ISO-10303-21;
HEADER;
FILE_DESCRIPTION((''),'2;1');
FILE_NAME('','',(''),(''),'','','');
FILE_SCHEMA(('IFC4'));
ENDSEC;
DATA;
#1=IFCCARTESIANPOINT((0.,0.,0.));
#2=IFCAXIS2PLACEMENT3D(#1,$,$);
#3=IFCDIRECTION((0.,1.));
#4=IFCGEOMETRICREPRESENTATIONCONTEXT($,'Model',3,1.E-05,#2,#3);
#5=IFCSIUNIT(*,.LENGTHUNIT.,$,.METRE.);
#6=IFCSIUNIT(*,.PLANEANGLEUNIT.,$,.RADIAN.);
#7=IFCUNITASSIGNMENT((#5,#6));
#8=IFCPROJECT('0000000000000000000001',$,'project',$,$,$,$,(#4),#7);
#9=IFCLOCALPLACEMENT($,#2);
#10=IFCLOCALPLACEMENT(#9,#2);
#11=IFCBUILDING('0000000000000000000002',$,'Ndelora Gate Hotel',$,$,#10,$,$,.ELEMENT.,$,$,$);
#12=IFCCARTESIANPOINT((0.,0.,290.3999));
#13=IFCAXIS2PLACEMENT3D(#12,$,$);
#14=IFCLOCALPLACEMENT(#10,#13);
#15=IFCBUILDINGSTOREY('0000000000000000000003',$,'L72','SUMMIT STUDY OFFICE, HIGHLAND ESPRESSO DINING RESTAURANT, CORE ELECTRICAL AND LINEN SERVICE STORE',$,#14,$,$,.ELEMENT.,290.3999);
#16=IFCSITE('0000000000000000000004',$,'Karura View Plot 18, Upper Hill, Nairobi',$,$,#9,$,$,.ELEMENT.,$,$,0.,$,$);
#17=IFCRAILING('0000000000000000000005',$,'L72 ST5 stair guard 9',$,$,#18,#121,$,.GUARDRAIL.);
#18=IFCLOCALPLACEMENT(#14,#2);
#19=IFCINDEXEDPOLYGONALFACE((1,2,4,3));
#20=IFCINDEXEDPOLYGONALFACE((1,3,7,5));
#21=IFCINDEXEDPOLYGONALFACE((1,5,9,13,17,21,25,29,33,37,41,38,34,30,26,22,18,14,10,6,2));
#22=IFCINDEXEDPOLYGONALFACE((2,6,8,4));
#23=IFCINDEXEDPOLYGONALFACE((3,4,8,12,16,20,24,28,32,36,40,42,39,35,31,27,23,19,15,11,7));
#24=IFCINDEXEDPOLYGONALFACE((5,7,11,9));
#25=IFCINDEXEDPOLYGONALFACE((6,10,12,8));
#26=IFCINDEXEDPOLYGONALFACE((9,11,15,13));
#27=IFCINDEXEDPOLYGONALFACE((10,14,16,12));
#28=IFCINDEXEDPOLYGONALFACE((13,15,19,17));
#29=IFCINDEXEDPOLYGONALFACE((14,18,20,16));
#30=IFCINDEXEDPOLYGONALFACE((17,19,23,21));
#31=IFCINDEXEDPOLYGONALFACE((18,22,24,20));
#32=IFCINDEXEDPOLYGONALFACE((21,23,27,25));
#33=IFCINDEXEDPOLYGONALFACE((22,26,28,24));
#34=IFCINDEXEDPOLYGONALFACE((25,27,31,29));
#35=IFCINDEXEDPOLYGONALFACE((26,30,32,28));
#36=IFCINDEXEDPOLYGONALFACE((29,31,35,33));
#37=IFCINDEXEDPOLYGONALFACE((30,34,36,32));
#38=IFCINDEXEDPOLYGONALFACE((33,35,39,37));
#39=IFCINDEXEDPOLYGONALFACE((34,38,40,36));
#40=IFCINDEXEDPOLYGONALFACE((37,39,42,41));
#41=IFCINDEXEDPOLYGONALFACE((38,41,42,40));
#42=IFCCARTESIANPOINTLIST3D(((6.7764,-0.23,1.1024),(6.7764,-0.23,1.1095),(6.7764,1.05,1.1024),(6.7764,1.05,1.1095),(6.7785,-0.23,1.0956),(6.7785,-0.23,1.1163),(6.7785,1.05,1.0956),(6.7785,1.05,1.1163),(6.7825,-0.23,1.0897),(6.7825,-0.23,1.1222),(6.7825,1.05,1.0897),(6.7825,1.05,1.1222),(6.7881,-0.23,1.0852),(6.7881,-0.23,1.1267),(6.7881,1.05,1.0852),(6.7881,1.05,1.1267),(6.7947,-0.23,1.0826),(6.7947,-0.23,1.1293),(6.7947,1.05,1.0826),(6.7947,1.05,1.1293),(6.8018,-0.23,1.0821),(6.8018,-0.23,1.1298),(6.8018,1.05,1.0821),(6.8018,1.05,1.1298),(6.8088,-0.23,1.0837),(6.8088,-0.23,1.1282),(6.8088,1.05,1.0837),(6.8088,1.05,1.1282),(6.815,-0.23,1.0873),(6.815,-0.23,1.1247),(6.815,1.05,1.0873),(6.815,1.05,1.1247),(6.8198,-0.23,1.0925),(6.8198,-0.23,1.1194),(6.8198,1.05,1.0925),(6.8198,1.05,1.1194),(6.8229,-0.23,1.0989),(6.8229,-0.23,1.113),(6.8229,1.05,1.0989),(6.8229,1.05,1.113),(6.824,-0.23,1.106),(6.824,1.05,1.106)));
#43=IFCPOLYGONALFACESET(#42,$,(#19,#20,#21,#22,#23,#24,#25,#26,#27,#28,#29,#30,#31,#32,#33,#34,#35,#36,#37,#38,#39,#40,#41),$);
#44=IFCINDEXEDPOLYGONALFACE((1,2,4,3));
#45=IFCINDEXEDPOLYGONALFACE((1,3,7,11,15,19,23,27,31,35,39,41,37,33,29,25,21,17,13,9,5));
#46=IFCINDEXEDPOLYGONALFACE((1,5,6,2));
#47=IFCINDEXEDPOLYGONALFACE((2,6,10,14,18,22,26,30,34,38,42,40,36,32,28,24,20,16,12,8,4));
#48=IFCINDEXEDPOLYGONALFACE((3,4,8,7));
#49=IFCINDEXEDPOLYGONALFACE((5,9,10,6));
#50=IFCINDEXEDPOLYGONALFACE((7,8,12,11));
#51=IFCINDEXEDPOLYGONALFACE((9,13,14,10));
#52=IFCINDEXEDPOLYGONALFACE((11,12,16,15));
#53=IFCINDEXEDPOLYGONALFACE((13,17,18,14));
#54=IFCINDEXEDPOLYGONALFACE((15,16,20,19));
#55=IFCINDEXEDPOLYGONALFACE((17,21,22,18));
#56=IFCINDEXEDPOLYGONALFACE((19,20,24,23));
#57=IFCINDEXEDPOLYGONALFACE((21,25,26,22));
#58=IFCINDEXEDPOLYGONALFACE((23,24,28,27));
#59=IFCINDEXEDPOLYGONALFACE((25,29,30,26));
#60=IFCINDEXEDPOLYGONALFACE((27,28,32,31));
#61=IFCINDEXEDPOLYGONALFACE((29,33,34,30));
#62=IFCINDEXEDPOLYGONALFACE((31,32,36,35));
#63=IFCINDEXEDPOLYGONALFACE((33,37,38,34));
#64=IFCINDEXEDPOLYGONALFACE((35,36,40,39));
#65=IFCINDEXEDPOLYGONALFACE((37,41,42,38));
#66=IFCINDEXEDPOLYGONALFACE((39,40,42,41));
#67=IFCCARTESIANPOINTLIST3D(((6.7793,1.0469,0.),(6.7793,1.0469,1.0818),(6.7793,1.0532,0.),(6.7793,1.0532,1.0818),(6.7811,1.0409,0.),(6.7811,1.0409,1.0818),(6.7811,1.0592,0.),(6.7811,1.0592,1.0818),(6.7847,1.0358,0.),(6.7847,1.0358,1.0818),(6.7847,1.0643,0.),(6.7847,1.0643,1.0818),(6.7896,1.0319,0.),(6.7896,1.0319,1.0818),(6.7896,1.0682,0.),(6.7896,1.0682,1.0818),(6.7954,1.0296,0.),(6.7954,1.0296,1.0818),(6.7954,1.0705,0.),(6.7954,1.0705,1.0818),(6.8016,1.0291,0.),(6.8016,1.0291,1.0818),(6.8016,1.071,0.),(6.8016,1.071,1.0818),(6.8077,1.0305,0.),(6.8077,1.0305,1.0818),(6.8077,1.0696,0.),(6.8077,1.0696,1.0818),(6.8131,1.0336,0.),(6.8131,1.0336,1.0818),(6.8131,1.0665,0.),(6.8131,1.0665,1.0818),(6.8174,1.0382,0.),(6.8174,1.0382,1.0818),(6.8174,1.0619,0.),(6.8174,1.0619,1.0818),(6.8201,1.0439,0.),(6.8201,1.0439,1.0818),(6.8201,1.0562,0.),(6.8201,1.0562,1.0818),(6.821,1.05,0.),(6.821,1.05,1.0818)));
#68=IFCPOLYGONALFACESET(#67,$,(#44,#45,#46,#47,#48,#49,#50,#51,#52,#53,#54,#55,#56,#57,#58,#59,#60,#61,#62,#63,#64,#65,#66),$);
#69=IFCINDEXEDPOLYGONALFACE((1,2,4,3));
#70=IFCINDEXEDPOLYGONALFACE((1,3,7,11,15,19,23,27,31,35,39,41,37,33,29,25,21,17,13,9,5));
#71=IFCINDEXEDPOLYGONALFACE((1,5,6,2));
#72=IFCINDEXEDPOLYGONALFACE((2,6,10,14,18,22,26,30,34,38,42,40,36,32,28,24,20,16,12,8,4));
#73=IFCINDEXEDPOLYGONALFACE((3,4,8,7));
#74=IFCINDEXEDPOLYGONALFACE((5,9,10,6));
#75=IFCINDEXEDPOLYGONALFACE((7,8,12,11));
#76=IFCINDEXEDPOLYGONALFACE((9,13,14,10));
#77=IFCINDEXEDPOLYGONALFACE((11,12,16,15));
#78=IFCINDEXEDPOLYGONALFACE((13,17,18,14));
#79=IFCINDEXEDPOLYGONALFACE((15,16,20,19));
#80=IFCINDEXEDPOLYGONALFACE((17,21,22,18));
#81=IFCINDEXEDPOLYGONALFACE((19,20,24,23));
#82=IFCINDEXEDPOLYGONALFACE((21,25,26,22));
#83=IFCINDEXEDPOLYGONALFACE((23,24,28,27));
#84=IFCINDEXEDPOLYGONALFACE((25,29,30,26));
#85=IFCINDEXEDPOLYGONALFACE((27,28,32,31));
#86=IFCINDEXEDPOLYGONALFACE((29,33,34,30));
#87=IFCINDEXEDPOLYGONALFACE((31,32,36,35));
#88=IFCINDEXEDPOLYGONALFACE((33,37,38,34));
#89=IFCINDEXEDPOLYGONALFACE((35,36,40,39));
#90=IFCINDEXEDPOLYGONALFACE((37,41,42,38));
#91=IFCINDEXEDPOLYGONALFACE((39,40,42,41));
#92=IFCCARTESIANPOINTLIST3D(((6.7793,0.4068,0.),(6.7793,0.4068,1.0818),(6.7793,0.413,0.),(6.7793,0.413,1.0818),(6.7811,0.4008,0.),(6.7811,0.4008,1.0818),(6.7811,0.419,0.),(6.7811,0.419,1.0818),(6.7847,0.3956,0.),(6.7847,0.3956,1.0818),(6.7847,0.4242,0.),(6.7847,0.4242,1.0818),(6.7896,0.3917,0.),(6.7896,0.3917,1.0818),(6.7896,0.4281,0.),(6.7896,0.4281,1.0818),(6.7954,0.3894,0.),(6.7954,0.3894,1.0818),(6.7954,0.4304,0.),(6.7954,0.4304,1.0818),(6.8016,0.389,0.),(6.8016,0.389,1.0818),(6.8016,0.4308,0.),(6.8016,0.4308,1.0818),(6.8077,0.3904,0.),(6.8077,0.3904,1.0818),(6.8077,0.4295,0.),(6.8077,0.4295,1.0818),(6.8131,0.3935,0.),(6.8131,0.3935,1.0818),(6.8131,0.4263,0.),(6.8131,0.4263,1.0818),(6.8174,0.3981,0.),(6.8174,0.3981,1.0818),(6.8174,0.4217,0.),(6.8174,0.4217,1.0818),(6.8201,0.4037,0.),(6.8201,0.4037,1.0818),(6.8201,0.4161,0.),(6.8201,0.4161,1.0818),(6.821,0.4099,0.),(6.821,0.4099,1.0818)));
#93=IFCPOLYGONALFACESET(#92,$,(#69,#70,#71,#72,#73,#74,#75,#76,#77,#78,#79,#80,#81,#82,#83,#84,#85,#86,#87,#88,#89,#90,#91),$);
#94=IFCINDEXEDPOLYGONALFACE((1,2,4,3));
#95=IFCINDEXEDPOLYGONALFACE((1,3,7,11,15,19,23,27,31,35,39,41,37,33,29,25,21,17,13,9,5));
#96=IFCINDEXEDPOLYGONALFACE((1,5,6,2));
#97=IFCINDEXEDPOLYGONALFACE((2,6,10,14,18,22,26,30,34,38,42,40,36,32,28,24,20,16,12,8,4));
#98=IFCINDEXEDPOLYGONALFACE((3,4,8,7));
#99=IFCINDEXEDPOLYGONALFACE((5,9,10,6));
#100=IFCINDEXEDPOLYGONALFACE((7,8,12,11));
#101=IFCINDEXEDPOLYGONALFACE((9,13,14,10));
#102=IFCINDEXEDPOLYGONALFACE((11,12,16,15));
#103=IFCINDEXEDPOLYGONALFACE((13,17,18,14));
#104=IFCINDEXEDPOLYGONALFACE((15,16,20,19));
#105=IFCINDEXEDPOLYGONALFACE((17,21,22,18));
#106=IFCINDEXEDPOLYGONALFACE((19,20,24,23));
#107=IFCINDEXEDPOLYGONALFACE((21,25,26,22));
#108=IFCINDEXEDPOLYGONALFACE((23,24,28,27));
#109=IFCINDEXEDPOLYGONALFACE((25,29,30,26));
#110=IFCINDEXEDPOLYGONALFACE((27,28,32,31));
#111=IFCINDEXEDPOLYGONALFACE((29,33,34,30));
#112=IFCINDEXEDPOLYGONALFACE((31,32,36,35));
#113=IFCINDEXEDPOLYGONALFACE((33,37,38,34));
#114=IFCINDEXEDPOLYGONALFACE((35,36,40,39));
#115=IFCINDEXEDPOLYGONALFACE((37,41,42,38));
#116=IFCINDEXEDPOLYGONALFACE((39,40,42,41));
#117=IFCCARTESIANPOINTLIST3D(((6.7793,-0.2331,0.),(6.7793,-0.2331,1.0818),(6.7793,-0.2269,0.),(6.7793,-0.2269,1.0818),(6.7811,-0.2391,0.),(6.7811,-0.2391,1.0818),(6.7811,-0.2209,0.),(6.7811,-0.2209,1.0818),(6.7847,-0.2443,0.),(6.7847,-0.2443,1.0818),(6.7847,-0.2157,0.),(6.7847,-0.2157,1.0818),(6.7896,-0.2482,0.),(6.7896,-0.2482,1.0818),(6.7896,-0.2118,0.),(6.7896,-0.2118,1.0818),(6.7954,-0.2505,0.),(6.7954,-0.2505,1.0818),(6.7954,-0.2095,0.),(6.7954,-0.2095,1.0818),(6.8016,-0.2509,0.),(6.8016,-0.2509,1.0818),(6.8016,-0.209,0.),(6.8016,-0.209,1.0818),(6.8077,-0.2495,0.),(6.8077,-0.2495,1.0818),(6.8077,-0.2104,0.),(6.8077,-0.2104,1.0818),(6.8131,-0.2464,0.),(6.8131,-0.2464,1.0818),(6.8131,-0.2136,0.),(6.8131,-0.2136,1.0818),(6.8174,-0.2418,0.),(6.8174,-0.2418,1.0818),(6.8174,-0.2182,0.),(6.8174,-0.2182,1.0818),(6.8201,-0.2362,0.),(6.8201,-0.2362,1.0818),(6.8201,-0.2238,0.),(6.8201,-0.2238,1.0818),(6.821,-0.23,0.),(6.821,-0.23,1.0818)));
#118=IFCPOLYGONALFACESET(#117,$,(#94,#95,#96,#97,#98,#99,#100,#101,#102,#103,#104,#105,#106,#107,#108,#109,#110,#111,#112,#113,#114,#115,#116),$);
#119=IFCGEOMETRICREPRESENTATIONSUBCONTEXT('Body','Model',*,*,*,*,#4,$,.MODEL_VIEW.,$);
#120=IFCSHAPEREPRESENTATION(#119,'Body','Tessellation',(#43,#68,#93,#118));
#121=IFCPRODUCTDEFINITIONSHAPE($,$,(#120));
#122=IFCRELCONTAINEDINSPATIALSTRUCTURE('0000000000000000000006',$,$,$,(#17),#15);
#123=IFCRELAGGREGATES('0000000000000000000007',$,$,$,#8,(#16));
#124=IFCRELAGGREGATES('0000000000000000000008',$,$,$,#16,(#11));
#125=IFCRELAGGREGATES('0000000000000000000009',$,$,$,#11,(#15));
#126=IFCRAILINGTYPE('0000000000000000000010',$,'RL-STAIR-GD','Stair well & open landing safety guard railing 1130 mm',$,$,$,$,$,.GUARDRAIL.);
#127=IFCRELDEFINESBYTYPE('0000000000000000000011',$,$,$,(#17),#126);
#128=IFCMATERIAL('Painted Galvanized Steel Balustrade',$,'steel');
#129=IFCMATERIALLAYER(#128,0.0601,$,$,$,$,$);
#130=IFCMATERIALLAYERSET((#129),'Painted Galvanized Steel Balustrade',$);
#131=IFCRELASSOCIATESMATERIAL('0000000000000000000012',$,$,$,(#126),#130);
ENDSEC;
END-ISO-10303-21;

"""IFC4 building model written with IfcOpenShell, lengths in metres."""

from ifc_helpers import new_model, si_unit, direction, frame, origin, origin_2d, place, context, subcontext, project, spatial, circle, extrude, material, layer, layer_set, type_object, element, save


model = new_model("IFC4")

# Units and contexts
model_context = context("Model", 3, precision=1e-05, world=origin(), true_north=direction((0.0, 1.0)))
body_context = subcontext(model_context, "Body", "Model", "MODEL_VIEW")
ifc_project = project(units=[si_unit("LENGTHUNIT", "METRE"), si_unit("PLANEANGLEUNIT", "RADIAN")], contexts=[model_context])

# Site, building, storey
site_placement = place(None, origin())
site = spatial("IfcSite", under=ifc_project, at=site_placement, Name="Karura View Plot 18, Upper Hill, Nairobi", CompositionType="ELEMENT", RefElevation=0.0)
building_placement = place(site_placement, origin())
building = spatial("IfcBuilding", under=site, at=building_placement, Name="Ndelora Gate Hotel", CompositionType="ELEMENT")
storey_placement = place(building_placement, frame((0.0, 0.0, 290.3999)))
storey = spatial("IfcBuildingStorey", under=building, at=storey_placement, Name="L72", Description="SUMMIT STUDY OFFICE, HIGHLAND ESPRESSO DINING RESTAURANT, CORE ELECTRICAL AND LINEN SERVICE STORE", CompositionType="ELEMENT", Elevation=290.3999)

# Railing
ifc_material_1 = material(Name="Painted Galvanized Steel Balustrade", Category="steel")
ifc_layer_1 = layer(ifc_material_1, 0.0601)
ifc_layer_set_1 = layer_set([ifc_layer_1], Name="Painted Galvanized Steel Balustrade")
railing_type = type_object("IfcRailingType", Name="RL-STAIR-GD", Description="Stair well & open landing safety guard railing 1130 mm", PredefinedType="GUARDRAIL", material=ifc_layer_set_1)
for number, where, name in (
    (1, (6.8, 1.05, 0.0), "L72 ST5 stair guard 9"),
):
    element("IfcRailing", number, at=place(storey_placement, frame(where)), inside=storey, type_object=railing_type, Name=name, PredefinedType="GUARDRAIL", context=body_context, shape_type="SweptSolid", body=[
        extrude(circle(Radius=0.0239, at=origin_2d()), frame((0.0, 0.0, 1.106), z_axis=(0.0, -1.0, 0.0), x_axis=(1.0, 0.0, 0.0)), (0.0, 0.0, 1.0), 1.28),
        extrude(circle(Radius=0.021, at=origin_2d()), origin(), (0.0, 0.0, 1.0), 1.0818),
        extrude(circle(Radius=0.021, at=origin_2d()), frame((0.0, -0.6401, 0.0)), (0.0, 0.0, 1.0), 1.0818),
        extrude(circle(Radius=0.021, at=origin_2d()), frame((0.0, -1.28, 0.0)), (0.0, 0.0, 1.0), 1.0818),
    ])

save(model, "model.ifc")
